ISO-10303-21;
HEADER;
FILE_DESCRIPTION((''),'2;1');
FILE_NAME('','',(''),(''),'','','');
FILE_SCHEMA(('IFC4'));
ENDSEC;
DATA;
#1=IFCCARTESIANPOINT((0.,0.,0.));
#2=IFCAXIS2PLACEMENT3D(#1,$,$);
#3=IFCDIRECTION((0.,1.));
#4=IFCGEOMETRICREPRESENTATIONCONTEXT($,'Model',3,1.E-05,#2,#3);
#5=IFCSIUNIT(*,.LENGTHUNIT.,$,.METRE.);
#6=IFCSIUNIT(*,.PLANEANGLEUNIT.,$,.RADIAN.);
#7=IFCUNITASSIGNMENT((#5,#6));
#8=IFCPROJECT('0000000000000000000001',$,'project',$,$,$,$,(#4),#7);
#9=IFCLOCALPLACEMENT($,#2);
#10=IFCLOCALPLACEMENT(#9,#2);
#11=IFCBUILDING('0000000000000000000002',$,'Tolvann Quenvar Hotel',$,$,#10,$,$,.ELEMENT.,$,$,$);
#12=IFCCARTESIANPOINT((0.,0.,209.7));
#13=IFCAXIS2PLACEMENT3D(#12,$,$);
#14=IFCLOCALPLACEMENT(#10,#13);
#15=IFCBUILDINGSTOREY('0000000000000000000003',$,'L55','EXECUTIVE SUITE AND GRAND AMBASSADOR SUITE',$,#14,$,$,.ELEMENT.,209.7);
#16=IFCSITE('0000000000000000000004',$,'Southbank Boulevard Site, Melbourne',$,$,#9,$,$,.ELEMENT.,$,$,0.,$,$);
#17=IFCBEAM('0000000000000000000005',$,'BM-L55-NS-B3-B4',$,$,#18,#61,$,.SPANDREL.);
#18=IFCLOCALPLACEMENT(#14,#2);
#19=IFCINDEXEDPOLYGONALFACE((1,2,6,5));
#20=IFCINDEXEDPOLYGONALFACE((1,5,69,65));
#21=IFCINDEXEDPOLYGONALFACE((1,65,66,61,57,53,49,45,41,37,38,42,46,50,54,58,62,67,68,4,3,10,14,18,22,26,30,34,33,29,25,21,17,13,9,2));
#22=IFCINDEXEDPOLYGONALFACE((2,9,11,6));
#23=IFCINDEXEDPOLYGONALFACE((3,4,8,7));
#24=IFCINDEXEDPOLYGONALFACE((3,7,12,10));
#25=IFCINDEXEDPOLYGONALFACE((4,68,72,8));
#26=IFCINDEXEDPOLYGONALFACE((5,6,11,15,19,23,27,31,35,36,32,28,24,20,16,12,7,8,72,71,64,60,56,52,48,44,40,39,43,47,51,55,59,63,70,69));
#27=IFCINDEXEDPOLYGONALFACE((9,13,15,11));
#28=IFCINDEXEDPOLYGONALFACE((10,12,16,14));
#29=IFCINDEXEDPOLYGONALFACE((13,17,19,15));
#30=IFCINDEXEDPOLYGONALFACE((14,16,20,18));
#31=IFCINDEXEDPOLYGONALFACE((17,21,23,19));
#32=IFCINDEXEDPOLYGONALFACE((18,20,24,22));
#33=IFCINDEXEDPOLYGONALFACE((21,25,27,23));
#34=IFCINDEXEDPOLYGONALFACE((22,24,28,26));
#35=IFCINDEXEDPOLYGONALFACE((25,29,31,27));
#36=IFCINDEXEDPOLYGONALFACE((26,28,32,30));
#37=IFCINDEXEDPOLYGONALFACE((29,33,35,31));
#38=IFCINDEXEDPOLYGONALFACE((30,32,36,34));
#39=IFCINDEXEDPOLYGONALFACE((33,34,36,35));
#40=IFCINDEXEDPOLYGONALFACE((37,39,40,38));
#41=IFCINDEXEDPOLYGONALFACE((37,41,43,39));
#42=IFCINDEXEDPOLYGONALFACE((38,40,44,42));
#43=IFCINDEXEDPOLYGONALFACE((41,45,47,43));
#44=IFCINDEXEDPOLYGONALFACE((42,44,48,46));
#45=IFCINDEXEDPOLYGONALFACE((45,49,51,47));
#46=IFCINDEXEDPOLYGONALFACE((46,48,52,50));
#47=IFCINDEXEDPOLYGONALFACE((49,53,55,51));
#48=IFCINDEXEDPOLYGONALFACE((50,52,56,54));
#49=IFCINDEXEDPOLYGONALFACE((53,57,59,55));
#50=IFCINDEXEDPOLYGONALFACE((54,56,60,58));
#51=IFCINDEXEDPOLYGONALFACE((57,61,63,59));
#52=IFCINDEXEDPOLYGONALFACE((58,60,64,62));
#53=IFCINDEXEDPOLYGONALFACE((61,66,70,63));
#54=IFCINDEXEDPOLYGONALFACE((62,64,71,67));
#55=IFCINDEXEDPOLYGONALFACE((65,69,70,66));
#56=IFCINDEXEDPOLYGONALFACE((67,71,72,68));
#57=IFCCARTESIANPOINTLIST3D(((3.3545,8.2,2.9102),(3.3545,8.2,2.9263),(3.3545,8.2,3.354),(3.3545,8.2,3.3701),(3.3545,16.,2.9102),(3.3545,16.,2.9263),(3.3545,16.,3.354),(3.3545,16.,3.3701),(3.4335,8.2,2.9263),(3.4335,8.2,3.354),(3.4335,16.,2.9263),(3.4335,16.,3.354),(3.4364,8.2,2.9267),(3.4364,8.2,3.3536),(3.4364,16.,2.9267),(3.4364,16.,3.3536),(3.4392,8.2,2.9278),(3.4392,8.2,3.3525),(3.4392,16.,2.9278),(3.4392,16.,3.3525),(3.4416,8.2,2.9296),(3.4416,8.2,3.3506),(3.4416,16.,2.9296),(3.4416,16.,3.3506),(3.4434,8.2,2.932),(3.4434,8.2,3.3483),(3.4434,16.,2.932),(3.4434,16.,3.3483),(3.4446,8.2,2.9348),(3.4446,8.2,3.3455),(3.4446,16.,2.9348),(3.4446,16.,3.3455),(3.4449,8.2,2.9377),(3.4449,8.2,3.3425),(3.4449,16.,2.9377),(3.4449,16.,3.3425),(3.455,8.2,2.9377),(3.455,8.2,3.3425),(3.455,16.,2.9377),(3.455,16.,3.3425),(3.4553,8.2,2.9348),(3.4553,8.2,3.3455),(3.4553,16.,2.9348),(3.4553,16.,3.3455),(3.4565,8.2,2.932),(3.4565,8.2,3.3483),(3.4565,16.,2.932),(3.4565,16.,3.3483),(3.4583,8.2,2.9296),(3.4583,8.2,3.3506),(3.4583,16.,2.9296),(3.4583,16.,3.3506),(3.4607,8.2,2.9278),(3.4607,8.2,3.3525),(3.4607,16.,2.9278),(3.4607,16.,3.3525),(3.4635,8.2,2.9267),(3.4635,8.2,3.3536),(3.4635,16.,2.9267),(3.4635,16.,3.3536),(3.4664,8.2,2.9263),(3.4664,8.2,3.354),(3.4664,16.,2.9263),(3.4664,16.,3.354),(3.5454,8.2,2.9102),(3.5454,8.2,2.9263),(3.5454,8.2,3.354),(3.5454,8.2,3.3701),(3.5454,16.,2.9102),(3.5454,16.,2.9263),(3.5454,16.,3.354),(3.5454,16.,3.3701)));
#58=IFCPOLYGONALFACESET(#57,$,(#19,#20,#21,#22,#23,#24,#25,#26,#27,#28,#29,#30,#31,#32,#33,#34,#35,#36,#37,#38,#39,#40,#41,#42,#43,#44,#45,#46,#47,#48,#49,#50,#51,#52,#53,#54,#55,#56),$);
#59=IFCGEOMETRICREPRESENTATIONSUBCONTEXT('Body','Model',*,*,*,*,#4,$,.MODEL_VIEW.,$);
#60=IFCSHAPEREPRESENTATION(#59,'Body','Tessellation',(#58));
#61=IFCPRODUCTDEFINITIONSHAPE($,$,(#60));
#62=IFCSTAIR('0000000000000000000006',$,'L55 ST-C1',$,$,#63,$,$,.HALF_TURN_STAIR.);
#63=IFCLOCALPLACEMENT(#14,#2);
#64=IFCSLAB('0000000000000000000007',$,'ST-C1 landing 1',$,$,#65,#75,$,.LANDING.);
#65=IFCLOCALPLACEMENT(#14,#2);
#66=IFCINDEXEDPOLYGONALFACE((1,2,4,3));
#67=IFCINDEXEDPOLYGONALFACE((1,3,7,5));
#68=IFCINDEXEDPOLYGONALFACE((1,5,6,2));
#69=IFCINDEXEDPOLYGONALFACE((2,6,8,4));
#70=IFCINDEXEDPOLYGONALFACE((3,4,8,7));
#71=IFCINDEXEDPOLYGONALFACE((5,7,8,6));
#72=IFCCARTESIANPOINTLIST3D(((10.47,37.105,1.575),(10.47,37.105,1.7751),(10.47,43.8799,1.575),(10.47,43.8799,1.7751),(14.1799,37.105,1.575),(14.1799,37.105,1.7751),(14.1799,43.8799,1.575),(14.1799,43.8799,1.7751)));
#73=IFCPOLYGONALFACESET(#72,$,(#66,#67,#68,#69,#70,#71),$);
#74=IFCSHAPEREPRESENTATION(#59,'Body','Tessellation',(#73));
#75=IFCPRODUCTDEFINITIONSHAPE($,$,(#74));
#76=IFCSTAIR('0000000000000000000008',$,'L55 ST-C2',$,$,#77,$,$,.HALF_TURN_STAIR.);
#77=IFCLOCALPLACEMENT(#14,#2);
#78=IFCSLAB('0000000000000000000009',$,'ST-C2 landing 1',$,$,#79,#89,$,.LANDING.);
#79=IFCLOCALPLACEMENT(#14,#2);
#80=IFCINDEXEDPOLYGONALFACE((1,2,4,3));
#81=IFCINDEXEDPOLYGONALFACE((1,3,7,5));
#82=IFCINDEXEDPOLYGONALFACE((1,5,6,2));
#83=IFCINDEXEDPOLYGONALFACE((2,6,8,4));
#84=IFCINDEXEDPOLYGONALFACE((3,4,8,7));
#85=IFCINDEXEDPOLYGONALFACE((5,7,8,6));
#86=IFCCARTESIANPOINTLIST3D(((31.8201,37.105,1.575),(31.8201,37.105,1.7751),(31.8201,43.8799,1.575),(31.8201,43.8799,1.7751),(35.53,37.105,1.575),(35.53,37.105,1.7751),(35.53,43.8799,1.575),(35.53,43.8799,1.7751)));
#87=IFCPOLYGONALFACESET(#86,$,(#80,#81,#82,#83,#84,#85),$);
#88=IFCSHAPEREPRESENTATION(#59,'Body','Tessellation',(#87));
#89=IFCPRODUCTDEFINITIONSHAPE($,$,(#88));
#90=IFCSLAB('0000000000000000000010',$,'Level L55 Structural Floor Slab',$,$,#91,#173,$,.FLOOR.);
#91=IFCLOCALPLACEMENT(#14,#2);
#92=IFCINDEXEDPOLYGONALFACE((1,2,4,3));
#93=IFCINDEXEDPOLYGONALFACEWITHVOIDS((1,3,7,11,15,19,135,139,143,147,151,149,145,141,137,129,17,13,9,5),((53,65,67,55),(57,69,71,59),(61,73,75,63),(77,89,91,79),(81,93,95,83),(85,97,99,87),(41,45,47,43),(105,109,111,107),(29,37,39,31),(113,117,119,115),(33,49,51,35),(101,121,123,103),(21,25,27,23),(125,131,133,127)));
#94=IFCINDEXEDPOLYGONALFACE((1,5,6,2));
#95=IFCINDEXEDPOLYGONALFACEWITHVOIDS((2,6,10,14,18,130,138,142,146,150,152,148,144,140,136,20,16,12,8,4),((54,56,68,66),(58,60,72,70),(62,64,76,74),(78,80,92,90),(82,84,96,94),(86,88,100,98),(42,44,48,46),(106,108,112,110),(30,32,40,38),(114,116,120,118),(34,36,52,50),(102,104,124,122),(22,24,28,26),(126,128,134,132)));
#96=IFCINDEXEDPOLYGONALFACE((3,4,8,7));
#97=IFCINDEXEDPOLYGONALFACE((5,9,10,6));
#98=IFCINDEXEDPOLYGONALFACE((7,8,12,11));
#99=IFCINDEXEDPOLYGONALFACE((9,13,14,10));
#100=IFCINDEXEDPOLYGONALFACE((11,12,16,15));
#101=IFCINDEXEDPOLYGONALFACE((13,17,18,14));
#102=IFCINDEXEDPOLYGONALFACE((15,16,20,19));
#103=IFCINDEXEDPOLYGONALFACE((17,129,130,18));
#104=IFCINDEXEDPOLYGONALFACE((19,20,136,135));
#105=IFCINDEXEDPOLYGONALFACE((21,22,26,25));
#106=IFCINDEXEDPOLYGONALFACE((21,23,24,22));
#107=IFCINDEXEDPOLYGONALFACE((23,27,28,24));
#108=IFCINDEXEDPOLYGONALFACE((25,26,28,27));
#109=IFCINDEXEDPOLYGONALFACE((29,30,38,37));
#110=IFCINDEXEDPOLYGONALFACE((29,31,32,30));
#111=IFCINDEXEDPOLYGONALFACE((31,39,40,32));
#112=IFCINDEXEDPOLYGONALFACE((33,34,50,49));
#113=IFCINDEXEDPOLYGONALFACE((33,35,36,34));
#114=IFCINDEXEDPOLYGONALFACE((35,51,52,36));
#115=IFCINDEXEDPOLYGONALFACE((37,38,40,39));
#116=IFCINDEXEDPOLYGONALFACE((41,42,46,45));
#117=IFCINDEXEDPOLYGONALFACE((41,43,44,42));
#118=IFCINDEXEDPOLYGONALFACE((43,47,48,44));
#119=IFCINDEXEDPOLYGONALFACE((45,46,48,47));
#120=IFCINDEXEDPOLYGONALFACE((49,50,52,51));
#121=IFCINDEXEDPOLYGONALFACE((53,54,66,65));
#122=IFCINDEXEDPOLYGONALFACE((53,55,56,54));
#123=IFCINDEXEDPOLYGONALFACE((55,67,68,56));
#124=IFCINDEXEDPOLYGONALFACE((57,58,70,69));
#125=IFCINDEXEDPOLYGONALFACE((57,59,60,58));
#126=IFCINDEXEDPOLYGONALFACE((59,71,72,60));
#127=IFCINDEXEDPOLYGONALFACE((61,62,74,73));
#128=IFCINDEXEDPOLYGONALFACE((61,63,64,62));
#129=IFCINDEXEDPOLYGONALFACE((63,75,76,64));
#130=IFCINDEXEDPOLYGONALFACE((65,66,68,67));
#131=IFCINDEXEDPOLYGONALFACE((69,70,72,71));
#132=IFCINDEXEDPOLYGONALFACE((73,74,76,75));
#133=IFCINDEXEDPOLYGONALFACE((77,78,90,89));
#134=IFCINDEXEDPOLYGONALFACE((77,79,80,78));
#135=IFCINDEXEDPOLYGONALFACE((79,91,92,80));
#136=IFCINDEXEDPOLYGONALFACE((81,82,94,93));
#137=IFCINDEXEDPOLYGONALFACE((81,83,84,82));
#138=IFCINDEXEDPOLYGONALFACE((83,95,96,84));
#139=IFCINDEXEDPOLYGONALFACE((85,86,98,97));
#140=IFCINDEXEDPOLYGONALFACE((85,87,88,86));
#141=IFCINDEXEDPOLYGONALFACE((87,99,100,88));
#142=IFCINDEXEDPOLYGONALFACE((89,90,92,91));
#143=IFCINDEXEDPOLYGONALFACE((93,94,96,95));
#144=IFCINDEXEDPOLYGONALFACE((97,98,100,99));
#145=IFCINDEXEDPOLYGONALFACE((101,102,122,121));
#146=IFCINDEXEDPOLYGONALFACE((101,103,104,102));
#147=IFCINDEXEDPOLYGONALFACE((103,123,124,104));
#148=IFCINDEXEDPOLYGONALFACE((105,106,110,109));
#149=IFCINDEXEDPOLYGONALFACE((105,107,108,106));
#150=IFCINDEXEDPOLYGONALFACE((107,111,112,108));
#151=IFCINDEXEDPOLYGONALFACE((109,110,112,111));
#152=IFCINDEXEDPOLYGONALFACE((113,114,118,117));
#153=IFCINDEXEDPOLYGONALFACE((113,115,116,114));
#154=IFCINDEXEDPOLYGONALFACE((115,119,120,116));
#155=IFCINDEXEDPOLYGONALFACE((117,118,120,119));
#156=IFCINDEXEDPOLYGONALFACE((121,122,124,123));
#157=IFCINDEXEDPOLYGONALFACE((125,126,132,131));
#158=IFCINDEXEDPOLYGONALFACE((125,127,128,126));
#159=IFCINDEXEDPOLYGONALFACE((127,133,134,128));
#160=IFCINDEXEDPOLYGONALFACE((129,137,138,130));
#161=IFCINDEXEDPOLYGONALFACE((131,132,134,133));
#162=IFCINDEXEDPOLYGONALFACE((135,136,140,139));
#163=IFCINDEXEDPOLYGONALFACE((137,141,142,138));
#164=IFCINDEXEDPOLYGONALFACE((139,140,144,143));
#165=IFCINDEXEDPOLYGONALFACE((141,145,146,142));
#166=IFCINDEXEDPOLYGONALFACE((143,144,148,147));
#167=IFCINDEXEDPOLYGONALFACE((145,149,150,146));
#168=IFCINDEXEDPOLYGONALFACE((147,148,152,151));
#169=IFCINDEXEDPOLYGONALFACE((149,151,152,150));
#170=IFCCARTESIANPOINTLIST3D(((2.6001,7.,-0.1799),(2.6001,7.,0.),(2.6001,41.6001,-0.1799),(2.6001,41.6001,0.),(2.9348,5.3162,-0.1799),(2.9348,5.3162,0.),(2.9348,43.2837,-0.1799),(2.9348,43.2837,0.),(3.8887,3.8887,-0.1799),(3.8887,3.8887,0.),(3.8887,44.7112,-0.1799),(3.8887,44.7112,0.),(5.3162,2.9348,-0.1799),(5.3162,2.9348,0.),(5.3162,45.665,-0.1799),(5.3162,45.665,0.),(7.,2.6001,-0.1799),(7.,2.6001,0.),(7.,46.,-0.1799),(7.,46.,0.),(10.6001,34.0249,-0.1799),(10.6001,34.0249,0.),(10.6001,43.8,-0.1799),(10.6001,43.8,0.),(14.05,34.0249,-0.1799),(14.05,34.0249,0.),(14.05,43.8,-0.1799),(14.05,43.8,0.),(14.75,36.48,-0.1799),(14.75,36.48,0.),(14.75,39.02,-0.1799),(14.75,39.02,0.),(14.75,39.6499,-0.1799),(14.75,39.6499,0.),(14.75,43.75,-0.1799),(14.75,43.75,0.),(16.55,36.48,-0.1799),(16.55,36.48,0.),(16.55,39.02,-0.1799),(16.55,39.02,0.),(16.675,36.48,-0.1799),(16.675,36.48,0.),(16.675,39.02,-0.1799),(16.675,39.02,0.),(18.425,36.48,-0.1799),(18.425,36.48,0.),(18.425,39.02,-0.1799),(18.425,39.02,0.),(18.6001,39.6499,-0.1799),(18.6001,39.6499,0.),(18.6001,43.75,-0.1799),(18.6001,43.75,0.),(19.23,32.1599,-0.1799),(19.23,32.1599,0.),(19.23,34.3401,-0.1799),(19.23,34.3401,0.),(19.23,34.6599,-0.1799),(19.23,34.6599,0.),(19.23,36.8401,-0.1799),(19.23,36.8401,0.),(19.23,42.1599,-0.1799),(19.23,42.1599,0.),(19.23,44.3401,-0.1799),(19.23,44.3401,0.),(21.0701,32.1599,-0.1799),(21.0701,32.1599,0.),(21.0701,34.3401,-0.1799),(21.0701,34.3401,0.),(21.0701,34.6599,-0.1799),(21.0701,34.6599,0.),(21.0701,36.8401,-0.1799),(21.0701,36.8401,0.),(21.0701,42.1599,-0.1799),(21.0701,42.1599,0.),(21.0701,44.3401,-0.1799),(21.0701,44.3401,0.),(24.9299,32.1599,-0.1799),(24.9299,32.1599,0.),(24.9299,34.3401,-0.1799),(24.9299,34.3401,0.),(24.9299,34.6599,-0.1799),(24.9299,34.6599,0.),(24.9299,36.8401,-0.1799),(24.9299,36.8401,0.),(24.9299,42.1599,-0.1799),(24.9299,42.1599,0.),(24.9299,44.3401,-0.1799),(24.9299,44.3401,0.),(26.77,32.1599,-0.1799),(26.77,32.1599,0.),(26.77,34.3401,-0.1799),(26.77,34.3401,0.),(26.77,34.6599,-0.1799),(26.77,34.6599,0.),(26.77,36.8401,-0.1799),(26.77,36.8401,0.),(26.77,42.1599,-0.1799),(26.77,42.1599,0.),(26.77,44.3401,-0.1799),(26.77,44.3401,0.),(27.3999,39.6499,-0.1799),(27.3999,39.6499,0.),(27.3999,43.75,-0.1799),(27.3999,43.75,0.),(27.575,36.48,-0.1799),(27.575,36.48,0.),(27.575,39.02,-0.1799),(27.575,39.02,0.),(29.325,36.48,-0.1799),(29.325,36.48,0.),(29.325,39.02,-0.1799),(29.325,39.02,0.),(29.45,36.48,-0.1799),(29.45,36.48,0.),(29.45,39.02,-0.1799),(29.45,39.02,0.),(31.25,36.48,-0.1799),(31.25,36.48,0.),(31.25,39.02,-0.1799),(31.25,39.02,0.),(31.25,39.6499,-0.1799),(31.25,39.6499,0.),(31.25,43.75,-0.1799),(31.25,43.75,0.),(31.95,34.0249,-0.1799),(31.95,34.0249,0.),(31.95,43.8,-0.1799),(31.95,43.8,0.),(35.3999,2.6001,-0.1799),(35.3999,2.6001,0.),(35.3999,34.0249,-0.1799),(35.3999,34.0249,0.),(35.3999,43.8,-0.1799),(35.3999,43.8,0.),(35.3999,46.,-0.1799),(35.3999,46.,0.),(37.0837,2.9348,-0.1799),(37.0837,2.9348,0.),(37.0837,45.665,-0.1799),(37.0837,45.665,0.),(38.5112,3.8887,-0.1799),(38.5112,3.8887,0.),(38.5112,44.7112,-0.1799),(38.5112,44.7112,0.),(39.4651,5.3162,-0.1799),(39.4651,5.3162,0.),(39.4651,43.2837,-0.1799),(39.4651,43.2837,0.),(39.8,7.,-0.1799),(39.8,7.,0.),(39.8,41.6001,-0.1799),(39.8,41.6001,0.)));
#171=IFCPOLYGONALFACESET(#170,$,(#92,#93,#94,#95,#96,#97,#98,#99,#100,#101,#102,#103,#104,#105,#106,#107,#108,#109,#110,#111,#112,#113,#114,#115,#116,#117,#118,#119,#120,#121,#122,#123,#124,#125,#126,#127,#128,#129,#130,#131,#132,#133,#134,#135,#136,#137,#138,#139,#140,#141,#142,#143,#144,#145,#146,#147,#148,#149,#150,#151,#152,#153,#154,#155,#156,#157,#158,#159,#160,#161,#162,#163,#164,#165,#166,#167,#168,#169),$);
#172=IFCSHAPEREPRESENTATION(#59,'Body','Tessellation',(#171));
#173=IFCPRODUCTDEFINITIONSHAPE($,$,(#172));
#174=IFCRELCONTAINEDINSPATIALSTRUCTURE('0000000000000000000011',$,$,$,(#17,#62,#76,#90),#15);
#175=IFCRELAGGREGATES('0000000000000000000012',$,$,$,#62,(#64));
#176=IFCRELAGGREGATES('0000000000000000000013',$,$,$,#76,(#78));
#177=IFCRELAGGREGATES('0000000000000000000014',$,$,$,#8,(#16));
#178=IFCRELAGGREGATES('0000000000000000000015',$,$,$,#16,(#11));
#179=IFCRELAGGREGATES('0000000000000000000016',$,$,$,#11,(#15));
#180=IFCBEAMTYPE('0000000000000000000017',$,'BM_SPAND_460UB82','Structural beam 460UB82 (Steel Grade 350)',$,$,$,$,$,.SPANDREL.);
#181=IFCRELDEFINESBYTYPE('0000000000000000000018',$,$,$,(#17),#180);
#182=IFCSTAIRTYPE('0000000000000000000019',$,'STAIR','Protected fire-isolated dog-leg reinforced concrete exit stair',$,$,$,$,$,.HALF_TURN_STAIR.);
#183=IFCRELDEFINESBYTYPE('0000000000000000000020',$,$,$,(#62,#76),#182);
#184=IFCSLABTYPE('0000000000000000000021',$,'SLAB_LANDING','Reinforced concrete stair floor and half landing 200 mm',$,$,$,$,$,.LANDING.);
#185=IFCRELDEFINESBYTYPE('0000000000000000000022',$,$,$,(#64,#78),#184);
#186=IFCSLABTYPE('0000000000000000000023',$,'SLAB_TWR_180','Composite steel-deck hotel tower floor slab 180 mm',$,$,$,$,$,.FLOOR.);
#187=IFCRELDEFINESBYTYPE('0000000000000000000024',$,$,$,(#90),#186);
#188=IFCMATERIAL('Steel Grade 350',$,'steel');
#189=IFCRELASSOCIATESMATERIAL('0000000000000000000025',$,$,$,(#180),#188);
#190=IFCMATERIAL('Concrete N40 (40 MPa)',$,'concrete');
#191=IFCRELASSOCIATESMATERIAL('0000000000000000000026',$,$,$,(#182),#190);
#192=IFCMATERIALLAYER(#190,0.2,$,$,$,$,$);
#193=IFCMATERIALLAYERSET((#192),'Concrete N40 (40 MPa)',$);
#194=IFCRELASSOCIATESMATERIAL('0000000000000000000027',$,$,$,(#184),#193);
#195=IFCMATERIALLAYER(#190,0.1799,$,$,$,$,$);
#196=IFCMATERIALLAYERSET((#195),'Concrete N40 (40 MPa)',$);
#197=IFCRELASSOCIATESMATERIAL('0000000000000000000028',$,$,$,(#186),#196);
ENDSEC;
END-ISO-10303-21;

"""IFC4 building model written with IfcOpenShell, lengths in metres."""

from ifc_helpers import new_model, si_unit, direction, frame, origin, origin_2d, place, context, subcontext, project, spatial, polyline, i_section, outline, extrude, source, transform, mapped, material, layer, layer_set, material_profile, profile_set, type_object, element, aggregate, save


model = new_model("IFC4")

# Units and contexts
model_context = context("Model", 3, precision=1e-05, world=origin(), true_north=direction((0.0, 1.0)))
body_context = subcontext(model_context, "Body", "Model", "MODEL_VIEW")
ifc_project = project(units=[si_unit("LENGTHUNIT", "METRE"), si_unit("PLANEANGLEUNIT", "RADIAN")], contexts=[model_context])

# Site, building, storey
site_placement = place(None, origin())
site = spatial("IfcSite", under=ifc_project, at=site_placement, Name="Southbank Boulevard Site, Melbourne", CompositionType="ELEMENT", RefElevation=0.0)
building_placement = place(site_placement, origin())
building = spatial("IfcBuilding", under=site, at=building_placement, Name="Tolvann Quenvar Hotel", CompositionType="ELEMENT")
storey_placement = place(building_placement, frame((0.0, 0.0, 209.7)))
storey = spatial("IfcBuildingStorey", under=building, at=storey_placement, Name="L55", Description="EXECUTIVE SUITE AND GRAND AMBASSADOR SUITE", CompositionType="ELEMENT", Elevation=209.7)

# Beam
ifc_material_1 = material(Name="Steel Grade 350", Category="steel")
ifc_material_profile_1 = material_profile(ifc_material_1, i_section(OverallWidth=0.1909, OverallDepth=0.46, WebThickness=0.01, FlangeThickness=0.0161, FilletRadius=0.0115, at=origin_2d()), Name="460UB82")
ifc_profile_set_1 = profile_set([ifc_material_profile_1], Name="Steel Grade 350")
beam_type_1 = type_object("IfcBeamType", Name="BM_SPAND_460UB82", Description="Structural beam 460UB82 (Steel Grade 350)", PredefinedType="SPANDREL", material=ifc_profile_set_1)
shared_shape_1 = source(origin(), body_context, "Body", "SweptSolid", [
    extrude(i_section(OverallWidth=0.1909, OverallDepth=0.46, WebThickness=0.01, FlangeThickness=0.0161, FilletRadius=0.0115, at=origin_2d()), origin(), (0.0, 0.0, 1.0), 7.8),
])
beam_1_placement = place(storey_placement, frame((3.45, 8.2, 3.1401), z_axis=(0.0, 1.0, 0.0), x_axis=(-1.0, 0.0, 0.0)))
element("IfcBeam", 1, at=beam_1_placement, inside=storey, type_object=beam_type_1, Name="BM-L55-NS-B3-B4", PredefinedType="SPANDREL", context=body_context, shape_type="MappedRepresentation", body=[
    mapped(shared_shape_1, transform((0.0, 0.0, 0.0), x_axis=(1.0, 0.0, 0.0), y_axis=(0.0, 1.0, 0.0), z_axis=(0.0, 0.0, 1.0), scale=1.0)),
])

# Stairs, slabs
ifc_material_2 = material(Name="Concrete N40 (40 MPa)", Category="concrete")
stair_type = type_object("IfcStairType", Name="STAIR", Description="Protected fire-isolated dog-leg reinforced concrete exit stair", PredefinedType="HALF_TURN_STAIR", material=ifc_material_2)
stair_1_placement = place(storey_placement, origin())
stair_1 = element("IfcStair", 2, at=stair_1_placement, inside=storey, type_object=stair_type, Name="L55 ST-C1", PredefinedType="HALF_TURN_STAIR")
ifc_layer_1 = layer(ifc_material_2, 0.2)
ifc_layer_set_1 = layer_set([ifc_layer_1], Name="Concrete N40 (40 MPa)")
slab_type_1 = type_object("IfcSlabType", Name="SLAB_LANDING", Description="Reinforced concrete stair floor and half landing 200 mm", PredefinedType="LANDING", material=ifc_layer_set_1)
slab_1_placement = place(storey_placement, frame((0.0, 0.0, 1.575)))
slab_1 = element("IfcSlab", 3, at=slab_1_placement, type_object=slab_type_1, Name="ST-C1 landing 1", PredefinedType="LANDING", context=body_context, shape_type="SweptSolid", body=[
    extrude(outline(polyline([(14.1799, 37.105), (14.1799, 43.8799), (10.47, 43.8799), (10.47, 37.105), (14.1799, 37.105)])), origin(), (0.0, 0.0, 1.0), 0.2002),
])
aggregate(stair_1, [slab_1])
stair_2_placement = place(storey_placement, origin())
stair_2 = element("IfcStair", 4, at=stair_2_placement, inside=storey, type_object=stair_type, Name="L55 ST-C2", PredefinedType="HALF_TURN_STAIR")
slab_2_placement = place(storey_placement, frame((0.0, 0.0, 1.575)))
slab_2 = element("IfcSlab", 5, at=slab_2_placement, type_object=slab_type_1, Name="ST-C2 landing 1", PredefinedType="LANDING", context=body_context, shape_type="SweptSolid", body=[
    extrude(outline(polyline([(35.53, 37.105), (35.53, 43.8799), (31.8201, 43.8799), (31.8201, 37.105), (35.53, 37.105)])), origin(), (0.0, 0.0, 1.0), 0.2002),
])
aggregate(stair_2, [slab_2])

# Slab
ifc_layer_2 = layer(ifc_material_2, 0.1799)
ifc_layer_set_2 = layer_set([ifc_layer_2], Name="Concrete N40 (40 MPa)")
slab_type_2 = type_object("IfcSlabType", Name="SLAB_TWR_180", Description="Composite steel-deck hotel tower floor slab 180 mm", PredefinedType="FLOOR", material=ifc_layer_set_2)
slab_3_placement = place(storey_placement, frame((0.0, 0.0, -0.1799)))
element("IfcSlab", 6, at=slab_3_placement, inside=storey, type_object=slab_type_2, Name="Level L55 Structural Floor Slab", PredefinedType="FLOOR", context=body_context, shape_type="SweptSolid", body=[
    extrude(outline(polyline([(2.6001, 7.0), (2.9348, 5.3162), (3.8887, 3.8887), (5.3162, 2.9348), (7.0, 2.6001), (35.3999, 2.6001), (37.0837, 2.9348), (38.5112, 3.8887), (39.4651, 5.3162), (39.8, 7.0), (39.8, 41.6001), (39.4651, 43.2837), (38.5112, 44.7112), (37.0837, 45.665), (35.3999, 46.0), (7.0, 46.0), (5.3162, 45.665), (3.8887, 44.7112), (2.9348, 43.2837), (2.6001, 41.6001), (2.6001, 7.0)]), holes=[polyline([(31.95, 34.0249), (31.95, 43.8), (35.3999, 43.8), (35.3999, 34.0249), (31.95, 34.0249)]), polyline([(27.3999, 43.75), (31.25, 43.75), (31.25, 39.6499), (27.3999, 39.6499), (27.3999, 43.75)]), polyline([(29.45, 39.02), (31.25, 39.02), (31.25, 36.48), (29.45, 36.48), (29.45, 39.02)]), polyline([(27.575, 39.02), (29.325, 39.02), (29.325, 36.48), (27.575, 36.48), (27.575, 39.02)]), polyline([(24.9299, 36.8401), (26.77, 36.8401), (26.77, 34.6599), (24.9299, 34.6599), (24.9299, 36.8401)]), polyline([(24.9299, 44.3401), (26.77, 44.3401), (26.77, 42.1599), (24.9299, 42.1599), (24.9299, 44.3401)]), polyline([(24.9299, 32.1599), (24.9299, 34.3401), (26.77, 34.3401), (26.77, 32.1599), (24.9299, 32.1599)]), polyline([(19.23, 36.8401), (21.0701, 36.8401), (21.0701, 34.6599), (19.23, 34.6599), (19.23, 36.8401)]), polyline([(19.23, 44.3401), (21.0701, 44.3401), (21.0701, 42.1599), (19.23, 42.1599), (19.23, 44.3401)]), polyline([(19.23, 32.1599), (19.23, 34.3401), (21.0701, 34.3401), (21.0701, 32.1599), (19.23, 32.1599)]), polyline([(14.75, 43.75), (18.6001, 43.75), (18.6001, 39.6499), (14.75, 39.6499), (14.75, 43.75)]), polyline([(16.675, 39.02), (18.425, 39.02), (18.425, 36.48), (16.675, 36.48), (16.675, 39.02)]), polyline([(14.75, 39.02), (16.55, 39.02), (16.55, 36.48), (14.75, 36.48), (14.75, 39.02)]), polyline([(10.6001, 34.0249), (10.6001, 43.8), (14.05, 43.8), (14.05, 34.0249), (10.6001, 34.0249)])]), origin(), (0.0, 0.0, 1.0), 0.1799),
])

save(model, "model.ifc")
